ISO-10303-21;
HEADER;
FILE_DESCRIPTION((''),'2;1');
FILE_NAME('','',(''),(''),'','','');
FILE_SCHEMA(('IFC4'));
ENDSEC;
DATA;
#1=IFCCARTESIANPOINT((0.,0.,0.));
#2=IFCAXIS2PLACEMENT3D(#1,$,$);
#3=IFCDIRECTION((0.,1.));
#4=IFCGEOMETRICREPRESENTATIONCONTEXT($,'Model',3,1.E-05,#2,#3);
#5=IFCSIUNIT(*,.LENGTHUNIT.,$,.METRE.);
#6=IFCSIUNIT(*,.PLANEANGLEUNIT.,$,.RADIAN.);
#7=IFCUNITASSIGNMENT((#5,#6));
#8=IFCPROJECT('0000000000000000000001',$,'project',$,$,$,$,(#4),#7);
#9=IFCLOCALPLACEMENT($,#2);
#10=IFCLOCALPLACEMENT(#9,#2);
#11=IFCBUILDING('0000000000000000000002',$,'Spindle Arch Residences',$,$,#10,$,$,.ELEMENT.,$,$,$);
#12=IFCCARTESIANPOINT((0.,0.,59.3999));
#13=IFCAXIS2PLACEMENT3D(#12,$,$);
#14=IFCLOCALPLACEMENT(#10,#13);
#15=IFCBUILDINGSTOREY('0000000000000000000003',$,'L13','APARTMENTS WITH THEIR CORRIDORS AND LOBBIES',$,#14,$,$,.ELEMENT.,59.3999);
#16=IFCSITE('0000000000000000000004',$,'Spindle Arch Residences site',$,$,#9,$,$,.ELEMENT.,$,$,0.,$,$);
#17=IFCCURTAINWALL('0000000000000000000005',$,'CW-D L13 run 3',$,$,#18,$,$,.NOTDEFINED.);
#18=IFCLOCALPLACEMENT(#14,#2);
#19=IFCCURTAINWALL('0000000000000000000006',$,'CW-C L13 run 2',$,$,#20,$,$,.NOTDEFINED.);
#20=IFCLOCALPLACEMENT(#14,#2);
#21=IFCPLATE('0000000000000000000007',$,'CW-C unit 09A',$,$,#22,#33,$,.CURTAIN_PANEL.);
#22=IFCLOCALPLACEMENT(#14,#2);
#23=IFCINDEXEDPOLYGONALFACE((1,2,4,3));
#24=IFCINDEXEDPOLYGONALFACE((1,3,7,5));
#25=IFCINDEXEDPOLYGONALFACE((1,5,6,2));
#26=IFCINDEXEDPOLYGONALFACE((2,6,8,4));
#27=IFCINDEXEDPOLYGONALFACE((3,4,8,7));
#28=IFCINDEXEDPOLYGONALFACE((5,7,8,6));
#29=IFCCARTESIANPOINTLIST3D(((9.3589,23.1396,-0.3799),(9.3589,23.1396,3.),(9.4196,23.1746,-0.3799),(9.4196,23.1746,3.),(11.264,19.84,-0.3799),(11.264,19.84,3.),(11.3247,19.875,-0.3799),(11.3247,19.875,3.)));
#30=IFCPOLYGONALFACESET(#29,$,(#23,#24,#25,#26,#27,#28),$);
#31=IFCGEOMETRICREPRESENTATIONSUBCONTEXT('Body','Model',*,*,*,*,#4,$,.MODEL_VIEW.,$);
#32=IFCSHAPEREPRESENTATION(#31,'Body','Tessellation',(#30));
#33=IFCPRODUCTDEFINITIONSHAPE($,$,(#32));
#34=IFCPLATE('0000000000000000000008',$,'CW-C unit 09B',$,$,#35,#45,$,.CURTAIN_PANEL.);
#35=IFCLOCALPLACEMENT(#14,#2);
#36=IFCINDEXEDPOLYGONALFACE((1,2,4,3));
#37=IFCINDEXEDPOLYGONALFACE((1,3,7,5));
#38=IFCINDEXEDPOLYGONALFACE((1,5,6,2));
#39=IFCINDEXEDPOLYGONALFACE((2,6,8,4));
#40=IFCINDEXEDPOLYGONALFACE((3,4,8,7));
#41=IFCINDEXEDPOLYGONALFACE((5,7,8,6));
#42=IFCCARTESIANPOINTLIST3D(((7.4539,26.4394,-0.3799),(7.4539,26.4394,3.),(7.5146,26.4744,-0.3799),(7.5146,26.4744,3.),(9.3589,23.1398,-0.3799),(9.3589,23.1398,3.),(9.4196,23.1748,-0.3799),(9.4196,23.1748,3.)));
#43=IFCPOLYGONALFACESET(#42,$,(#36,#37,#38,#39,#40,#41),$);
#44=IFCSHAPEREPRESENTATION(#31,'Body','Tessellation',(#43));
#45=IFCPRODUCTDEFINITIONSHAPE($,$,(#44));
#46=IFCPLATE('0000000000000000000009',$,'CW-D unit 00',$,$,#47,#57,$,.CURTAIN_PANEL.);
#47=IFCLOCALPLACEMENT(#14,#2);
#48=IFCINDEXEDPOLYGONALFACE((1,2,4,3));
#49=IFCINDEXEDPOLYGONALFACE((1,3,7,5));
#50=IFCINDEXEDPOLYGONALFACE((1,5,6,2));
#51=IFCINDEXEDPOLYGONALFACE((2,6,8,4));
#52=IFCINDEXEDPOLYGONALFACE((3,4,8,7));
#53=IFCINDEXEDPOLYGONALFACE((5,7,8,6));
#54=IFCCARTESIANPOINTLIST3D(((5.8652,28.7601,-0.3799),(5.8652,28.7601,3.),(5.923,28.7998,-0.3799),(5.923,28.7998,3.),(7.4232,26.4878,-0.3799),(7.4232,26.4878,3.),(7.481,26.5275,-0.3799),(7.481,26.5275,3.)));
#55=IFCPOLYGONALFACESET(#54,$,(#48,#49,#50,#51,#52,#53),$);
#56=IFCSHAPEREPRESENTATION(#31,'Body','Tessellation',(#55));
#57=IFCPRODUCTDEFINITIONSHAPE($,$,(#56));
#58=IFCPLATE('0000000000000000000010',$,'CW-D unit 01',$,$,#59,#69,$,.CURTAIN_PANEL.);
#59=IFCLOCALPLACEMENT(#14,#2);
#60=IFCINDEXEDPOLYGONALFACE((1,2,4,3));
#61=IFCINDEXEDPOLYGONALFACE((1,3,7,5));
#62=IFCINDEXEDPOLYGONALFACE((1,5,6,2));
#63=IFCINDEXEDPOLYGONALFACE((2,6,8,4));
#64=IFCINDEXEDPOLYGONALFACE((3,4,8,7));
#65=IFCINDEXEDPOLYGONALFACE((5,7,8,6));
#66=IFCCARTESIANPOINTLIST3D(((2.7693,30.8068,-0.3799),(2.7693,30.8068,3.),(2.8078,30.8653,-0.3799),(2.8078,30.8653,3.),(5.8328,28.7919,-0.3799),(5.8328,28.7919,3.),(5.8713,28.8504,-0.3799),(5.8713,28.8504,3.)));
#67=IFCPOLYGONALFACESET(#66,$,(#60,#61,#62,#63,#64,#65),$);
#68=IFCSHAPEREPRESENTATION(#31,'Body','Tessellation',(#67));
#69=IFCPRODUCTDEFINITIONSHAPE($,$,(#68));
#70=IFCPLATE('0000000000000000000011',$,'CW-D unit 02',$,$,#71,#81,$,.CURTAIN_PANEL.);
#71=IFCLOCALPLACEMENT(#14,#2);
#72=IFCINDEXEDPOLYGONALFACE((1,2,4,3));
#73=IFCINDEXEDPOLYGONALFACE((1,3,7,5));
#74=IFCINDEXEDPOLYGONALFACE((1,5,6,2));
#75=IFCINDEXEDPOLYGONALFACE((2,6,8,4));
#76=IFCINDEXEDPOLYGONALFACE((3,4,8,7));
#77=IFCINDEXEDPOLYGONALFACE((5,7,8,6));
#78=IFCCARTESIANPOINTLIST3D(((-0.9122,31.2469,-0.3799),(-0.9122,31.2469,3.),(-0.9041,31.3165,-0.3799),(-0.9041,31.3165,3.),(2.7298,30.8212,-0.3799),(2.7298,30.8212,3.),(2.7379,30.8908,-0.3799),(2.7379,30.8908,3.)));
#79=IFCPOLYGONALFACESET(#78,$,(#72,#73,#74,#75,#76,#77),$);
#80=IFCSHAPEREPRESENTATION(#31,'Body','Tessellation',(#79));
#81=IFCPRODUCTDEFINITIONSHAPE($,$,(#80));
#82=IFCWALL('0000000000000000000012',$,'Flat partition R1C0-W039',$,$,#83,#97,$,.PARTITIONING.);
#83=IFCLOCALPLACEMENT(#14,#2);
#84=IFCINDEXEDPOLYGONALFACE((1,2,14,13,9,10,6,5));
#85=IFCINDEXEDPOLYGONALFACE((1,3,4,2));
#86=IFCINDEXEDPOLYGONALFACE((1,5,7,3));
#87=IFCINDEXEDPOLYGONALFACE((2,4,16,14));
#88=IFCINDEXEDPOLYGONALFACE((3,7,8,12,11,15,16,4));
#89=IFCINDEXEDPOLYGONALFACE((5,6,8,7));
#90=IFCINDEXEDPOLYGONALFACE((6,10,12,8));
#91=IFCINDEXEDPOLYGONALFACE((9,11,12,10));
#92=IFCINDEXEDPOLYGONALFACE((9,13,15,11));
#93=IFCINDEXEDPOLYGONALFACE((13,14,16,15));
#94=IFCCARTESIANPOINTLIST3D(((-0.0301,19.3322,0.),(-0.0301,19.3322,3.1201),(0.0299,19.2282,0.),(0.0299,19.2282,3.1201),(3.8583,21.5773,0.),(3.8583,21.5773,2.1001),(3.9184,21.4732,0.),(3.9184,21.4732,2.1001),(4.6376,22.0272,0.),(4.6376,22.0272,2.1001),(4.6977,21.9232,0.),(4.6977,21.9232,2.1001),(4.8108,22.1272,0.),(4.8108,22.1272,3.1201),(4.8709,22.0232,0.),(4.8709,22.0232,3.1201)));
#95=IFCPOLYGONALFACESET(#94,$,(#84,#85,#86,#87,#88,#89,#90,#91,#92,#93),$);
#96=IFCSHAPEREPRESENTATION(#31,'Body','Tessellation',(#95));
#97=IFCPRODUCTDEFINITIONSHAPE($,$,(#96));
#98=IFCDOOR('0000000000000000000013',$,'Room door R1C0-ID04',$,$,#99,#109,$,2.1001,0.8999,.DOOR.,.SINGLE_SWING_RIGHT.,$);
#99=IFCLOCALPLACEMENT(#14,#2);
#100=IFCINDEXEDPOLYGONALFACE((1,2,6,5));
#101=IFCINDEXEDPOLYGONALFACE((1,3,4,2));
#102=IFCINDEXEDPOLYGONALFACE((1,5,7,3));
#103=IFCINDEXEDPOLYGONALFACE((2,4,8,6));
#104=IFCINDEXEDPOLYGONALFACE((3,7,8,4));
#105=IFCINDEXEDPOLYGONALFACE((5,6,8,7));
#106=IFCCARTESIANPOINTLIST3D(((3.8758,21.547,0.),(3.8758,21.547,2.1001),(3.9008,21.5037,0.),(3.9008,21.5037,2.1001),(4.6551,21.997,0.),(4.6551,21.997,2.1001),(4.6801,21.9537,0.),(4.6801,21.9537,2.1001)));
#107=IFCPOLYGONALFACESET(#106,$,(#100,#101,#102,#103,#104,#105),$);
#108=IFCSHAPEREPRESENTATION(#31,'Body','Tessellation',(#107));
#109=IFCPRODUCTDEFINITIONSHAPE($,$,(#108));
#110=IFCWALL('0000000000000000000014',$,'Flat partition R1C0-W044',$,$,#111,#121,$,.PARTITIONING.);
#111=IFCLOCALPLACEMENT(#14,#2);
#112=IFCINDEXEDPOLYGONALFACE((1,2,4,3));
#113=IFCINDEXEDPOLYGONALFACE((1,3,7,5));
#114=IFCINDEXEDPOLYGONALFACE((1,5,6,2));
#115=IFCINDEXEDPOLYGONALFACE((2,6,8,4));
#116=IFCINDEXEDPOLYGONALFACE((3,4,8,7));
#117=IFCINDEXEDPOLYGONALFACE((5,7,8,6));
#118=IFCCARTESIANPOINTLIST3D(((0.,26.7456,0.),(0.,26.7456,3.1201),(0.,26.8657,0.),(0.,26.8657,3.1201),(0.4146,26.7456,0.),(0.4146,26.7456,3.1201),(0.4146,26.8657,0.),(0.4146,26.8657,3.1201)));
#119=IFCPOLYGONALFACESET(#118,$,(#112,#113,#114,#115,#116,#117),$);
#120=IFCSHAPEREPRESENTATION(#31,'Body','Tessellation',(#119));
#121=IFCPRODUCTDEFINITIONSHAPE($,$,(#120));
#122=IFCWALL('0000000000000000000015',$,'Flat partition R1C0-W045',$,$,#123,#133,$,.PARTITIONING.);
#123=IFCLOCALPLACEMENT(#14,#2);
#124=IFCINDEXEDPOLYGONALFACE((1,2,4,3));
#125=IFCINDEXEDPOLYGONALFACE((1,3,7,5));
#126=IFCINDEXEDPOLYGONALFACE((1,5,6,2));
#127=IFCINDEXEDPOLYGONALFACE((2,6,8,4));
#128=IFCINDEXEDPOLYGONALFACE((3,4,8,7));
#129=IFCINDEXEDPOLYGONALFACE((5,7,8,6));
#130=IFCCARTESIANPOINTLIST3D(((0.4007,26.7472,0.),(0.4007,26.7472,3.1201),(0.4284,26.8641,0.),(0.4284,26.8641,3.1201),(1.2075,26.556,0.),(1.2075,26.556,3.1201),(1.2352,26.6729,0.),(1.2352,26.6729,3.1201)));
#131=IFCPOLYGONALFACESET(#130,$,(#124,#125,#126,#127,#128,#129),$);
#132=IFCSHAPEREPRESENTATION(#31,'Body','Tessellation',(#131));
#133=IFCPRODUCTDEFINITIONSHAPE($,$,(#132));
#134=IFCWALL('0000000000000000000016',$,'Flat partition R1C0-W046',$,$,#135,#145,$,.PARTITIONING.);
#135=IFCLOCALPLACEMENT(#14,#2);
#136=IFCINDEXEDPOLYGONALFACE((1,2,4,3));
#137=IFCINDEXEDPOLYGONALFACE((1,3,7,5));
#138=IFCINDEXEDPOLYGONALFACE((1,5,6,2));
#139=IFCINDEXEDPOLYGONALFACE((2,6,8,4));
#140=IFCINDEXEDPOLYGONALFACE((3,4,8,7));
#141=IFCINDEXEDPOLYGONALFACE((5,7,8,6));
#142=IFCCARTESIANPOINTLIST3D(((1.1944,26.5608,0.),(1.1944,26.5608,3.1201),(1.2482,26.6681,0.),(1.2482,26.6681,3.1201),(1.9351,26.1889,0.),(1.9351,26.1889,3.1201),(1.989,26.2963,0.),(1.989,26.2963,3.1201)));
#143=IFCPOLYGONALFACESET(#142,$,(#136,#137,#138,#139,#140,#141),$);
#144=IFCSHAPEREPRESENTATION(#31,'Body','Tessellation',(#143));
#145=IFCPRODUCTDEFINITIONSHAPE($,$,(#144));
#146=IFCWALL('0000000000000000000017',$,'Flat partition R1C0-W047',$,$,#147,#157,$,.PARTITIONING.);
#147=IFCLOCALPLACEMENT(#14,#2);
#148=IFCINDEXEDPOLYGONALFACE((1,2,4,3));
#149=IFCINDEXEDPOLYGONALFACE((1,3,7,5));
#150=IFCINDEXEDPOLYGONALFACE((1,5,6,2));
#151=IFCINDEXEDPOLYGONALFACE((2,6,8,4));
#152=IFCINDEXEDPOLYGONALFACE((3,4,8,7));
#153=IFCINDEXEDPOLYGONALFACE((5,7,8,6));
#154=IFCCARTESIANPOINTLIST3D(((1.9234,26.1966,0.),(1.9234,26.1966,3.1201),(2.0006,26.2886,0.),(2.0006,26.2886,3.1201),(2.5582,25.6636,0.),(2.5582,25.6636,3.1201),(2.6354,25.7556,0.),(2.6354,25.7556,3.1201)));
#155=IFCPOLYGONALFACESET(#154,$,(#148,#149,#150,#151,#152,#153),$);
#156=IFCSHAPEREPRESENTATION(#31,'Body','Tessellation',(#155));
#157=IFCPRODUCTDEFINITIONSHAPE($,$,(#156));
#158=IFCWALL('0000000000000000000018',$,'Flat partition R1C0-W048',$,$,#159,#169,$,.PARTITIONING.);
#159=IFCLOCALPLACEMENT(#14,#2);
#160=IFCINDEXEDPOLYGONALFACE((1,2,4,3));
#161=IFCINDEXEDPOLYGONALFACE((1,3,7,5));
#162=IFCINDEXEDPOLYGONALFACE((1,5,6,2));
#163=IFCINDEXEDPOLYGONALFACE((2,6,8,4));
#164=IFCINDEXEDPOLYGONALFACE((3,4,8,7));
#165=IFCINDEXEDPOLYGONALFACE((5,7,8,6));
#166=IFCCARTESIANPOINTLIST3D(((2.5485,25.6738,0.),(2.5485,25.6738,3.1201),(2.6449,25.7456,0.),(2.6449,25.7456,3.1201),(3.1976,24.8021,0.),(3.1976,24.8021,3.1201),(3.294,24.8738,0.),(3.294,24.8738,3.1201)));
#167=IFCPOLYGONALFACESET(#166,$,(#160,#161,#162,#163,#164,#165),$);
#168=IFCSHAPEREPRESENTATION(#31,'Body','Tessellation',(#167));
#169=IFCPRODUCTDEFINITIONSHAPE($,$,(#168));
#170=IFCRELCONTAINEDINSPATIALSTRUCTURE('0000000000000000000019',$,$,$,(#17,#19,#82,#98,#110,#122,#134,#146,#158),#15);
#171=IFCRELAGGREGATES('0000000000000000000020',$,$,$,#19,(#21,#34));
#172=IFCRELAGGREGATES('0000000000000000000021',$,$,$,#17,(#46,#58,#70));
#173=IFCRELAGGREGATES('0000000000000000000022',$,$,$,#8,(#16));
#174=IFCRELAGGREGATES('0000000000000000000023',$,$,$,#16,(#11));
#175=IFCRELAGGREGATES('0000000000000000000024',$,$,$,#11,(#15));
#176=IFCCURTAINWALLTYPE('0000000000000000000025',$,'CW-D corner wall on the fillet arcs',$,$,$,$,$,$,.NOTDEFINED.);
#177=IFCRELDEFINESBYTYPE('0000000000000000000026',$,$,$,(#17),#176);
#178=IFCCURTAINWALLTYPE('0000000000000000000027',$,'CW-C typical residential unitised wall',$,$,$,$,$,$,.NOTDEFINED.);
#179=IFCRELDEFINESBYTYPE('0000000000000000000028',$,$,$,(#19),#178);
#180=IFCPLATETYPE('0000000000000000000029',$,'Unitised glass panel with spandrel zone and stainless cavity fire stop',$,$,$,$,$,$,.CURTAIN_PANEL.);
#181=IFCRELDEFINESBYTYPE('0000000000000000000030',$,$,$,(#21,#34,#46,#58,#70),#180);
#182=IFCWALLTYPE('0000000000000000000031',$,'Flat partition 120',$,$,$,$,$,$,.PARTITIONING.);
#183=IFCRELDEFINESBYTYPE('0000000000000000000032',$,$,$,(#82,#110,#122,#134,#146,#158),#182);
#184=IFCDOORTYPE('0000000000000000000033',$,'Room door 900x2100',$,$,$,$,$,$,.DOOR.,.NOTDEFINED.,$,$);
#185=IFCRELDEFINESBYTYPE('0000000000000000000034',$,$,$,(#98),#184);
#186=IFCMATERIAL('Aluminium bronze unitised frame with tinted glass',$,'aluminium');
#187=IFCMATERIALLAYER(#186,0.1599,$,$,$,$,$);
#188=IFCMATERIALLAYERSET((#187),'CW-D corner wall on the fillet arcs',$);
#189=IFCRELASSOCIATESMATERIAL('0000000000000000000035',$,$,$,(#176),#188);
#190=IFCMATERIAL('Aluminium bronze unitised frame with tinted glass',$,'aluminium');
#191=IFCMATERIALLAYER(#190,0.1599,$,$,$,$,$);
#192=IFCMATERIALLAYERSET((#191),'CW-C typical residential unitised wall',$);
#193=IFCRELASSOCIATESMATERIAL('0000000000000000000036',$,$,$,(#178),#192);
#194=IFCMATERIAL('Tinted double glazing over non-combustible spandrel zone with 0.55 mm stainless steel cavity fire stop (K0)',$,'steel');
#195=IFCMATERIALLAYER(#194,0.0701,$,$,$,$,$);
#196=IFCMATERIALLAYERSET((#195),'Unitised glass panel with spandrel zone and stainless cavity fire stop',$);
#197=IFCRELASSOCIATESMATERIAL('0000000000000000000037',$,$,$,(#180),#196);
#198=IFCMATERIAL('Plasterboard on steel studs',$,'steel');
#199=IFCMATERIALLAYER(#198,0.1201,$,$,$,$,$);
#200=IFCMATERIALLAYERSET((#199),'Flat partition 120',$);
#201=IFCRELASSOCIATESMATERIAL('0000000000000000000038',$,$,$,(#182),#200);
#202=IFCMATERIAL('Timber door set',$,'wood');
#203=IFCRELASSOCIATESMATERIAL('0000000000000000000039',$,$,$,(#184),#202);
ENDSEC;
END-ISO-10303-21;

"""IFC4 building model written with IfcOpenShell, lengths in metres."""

from ifc_helpers import new_model, si_unit, direction, frame, frame_2d, origin, origin_2d, place, context, subcontext, project, spatial, rectangle, extrude, material, layer, layer_set, type_object, element, fill, aggregate, save


model = new_model("IFC4")

# Units and contexts
model_context = context("Model", 3, precision=1e-05, world=origin(), true_north=direction((0.0, 1.0)))
body_context = subcontext(model_context, "Body", "Model", "MODEL_VIEW")
ifc_project = project(units=[si_unit("LENGTHUNIT", "METRE"), si_unit("PLANEANGLEUNIT", "RADIAN")], contexts=[model_context])

# Site, building, storey
site_placement = place(None, origin())
site = spatial("IfcSite", under=ifc_project, at=site_placement, Name="Spindle Arch Residences site", CompositionType="ELEMENT", RefElevation=0.0)
building_placement = place(site_placement, origin())
building = spatial("IfcBuilding", under=site, at=building_placement, Name="Spindle Arch Residences", CompositionType="ELEMENT")
storey_placement = place(building_placement, frame((0.0, 0.0, 59.3999)))
storey = spatial("IfcBuildingStorey", under=building, at=storey_placement, Name="L13", Description="APARTMENTS WITH THEIR CORRIDORS AND LOBBIES", CompositionType="ELEMENT", Elevation=59.3999)

# Curtain wall
ifc_material_1 = material(Name="Aluminium bronze unitised frame with tinted glass", Category="aluminium")
ifc_layer_1 = layer(ifc_material_1, 0.1599)
ifc_layer_set_1 = layer_set([ifc_layer_1], Name="CW-D corner wall on the fillet arcs")
curtain_wall_type_1 = type_object("IfcCurtainWallType", Name="CW-D corner wall on the fillet arcs", PredefinedType="NOTDEFINED", material=ifc_layer_set_1)
curtain_wall_1_placement = place(storey_placement, origin())
curtain_wall_1 = element("IfcCurtainWall", 1, at=curtain_wall_1_placement, inside=storey, type_object=curtain_wall_type_1, Name="CW-D L13 run 3", PredefinedType="NOTDEFINED")

# Curtain wall, plates
ifc_material_2 = material(Name="Aluminium bronze unitised frame with tinted glass", Category="aluminium")
ifc_layer_2 = layer(ifc_material_2, 0.1599)
ifc_layer_set_2 = layer_set([ifc_layer_2], Name="CW-C typical residential unitised wall")
curtain_wall_type_2 = type_object("IfcCurtainWallType", Name="CW-C typical residential unitised wall", PredefinedType="NOTDEFINED", material=ifc_layer_set_2)
curtain_wall_2_placement = place(storey_placement, origin())
curtain_wall_2 = element("IfcCurtainWall", 2, at=curtain_wall_2_placement, inside=storey, type_object=curtain_wall_type_2, Name="CW-C L13 run 2", PredefinedType="NOTDEFINED")
ifc_material_3 = material(Name="Tinted double glazing over non-combustible spandrel zone with 0.55 mm stainless steel cavity fire stop (K0)", Category="steel")
ifc_layer_3 = layer(ifc_material_3, 0.0701)
ifc_layer_set_3 = layer_set([ifc_layer_3], Name="Unitised glass panel with spandrel zone and stainless cavity fire stop")
plate_type = type_object("IfcPlateType", Name="Unitised glass panel with spandrel zone and stainless cavity fire stop", PredefinedType="CURTAIN_PANEL", material=ifc_layer_set_3)
plate_1_placement = place(storey_placement, frame((10.3418, 21.5073, -0.3799), z_axis=(0.0, 0.0, 1.0), x_axis=(-0.5, 0.866025, 0.0)))
plate_1 = element("IfcPlate", 3, at=plate_1_placement, type_object=plate_type, Name="CW-C unit 09A", PredefinedType="CURTAIN_PANEL", context=body_context, shape_type="SweptSolid", body=[
    extrude(rectangle(XDim=3.8101, YDim=0.0701, at=origin_2d()), origin(), (0.0, 0.0, 1.0), 3.3799),
])
plate_2_placement = place(storey_placement, frame((8.4368, 24.8071, -0.3799), z_axis=(0.0, 0.0, 1.0), x_axis=(-0.5, 0.866025, 0.0)))
plate_2 = element("IfcPlate", 4, at=plate_2_placement, type_object=plate_type, Name="CW-C unit 09B", PredefinedType="CURTAIN_PANEL", context=body_context, shape_type="SweptSolid", body=[
    extrude(rectangle(XDim=3.8101, YDim=0.0701, at=origin_2d()), origin(), (0.0, 0.0, 1.0), 3.3799),
])
aggregate(curtain_wall_2, [plate_1, plate_2])

# Plates
plate_3_placement = place(storey_placement, frame((6.6731, 27.6438, -0.3799), z_axis=(0.0, 0.0, 1.0), x_axis=(-0.565501, 0.824748, 0.0)))
plate_3 = element("IfcPlate", 5, at=plate_3_placement, type_object=plate_type, Name="CW-D unit 00", PredefinedType="CURTAIN_PANEL", context=body_context, shape_type="SweptSolid", body=[
    extrude(rectangle(XDim=2.7551, YDim=0.0701, at=origin_2d()), origin(), (0.0, 0.0, 1.0), 3.3799),
])
plate_4_placement = place(storey_placement, frame((4.3203, 29.8286, -0.3799), z_axis=(0.0, 0.0, 1.0), x_axis=(-0.835488, 0.549509, 0.0)))
plate_4 = element("IfcPlate", 6, at=plate_4_placement, type_object=plate_type, Name="CW-D unit 01", PredefinedType="CURTAIN_PANEL", context=body_context, shape_type="SweptSolid", body=[
    extrude(rectangle(XDim=3.6667, YDim=0.0701, at=origin_2d()), origin(), (0.0, 0.0, 1.0), 3.3799),
])
plate_5_placement = place(storey_placement, frame((0.9128, 31.0688, -0.3799), z_axis=(0.0, 0.0, 1.0), x_axis=(-0.993238, 0.116093, 0.0)))
plate_5 = element("IfcPlate", 7, at=plate_5_placement, type_object=plate_type, Name="CW-D unit 02", PredefinedType="CURTAIN_PANEL", context=body_context, shape_type="SweptSolid", body=[
    extrude(rectangle(XDim=3.6667, YDim=0.0701, at=origin_2d()), origin(), (0.0, 0.0, 1.0), 3.3799),
])
aggregate(curtain_wall_1, [plate_3, plate_4, plate_5])

# Wall, opening, door
ifc_material_4 = material(Name="Plasterboard on steel studs", Category="steel")
ifc_layer_4 = layer(ifc_material_4, 0.1201)
ifc_layer_set_4 = layer_set([ifc_layer_4], Name="Flat partition 120")
wall_type_1 = type_object("IfcWallType", Name="Flat partition 120", PredefinedType="PARTITIONING", material=ifc_layer_set_4)
wall_1_placement = place(storey_placement, frame((4.8408, 22.0752, 0.0), z_axis=(0.0, 0.0, 1.0), x_axis=(-0.86602, -0.50001, 0.0)))
wall_1 = element("IfcWall", 8, at=wall_1_placement, inside=storey, type_object=wall_type_1, Name="Flat partition R1C0-W039", PredefinedType="PARTITIONING", context=body_context, shape_type="SweptSolid", body=[
    extrude(rectangle(XDim=5.5898, YDim=0.1201, at=frame_2d((2.7949, 0.0))), origin(), (0.0, 0.0, 1.0), 3.1201),
])
opening_1_placement = place(wall_1_placement, frame((0.2, 0.0, 0.0)))
opening_1 = element("IfcOpeningElement", 9, at=opening_1_placement, cuts=wall_1, PredefinedType="OPENING", context=body_context, shape_type="SweptSolid", body=[
    extrude(rectangle(XDim=0.8999, YDim=2.1001, at=frame_2d((0.45, 1.05))), frame((0.0, 0.0701, 0.0), z_axis=(0.0, -1.0, 0.0), x_axis=(1.0, 0.0, 0.0)), (0.0, 0.0, 1.0), 0.1401),
])
ifc_material_5 = material(Name="Timber door set", Category="wood")
door_type = type_object("IfcDoorType", Name="Room door 900x2100", OperationType="NOTDEFINED", PredefinedType="DOOR", material=ifc_material_5)
door_1_placement = place(opening_1_placement, origin())
door_1 = element("IfcDoor", 10, at=door_1_placement, inside=storey, type_object=door_type, Name="Room door R1C0-ID04", OperationType="SINGLE_SWING_RIGHT", OverallHeight=2.1001, OverallWidth=0.8999, PredefinedType="DOOR", context=body_context, shape_type="SweptSolid", body=[
    extrude(rectangle(XDim=0.8999, YDim=2.1001, at=frame_2d((0.45, 1.05))), frame((0.0, 0.0249, 0.0), z_axis=(0.0, -1.0, 0.0), x_axis=(1.0, 0.0, 0.0)), (0.0, 0.0, 1.0), 0.05),
])
fill(opening_1, door_1)

# Walls
wall_2_placement = place(storey_placement, frame((0.0, 26.8057, 0.0), z_axis=(0.0, 0.0, 1.0), x_axis=(1.0, 0.0, 0.0)))
element("IfcWall", 11, at=wall_2_placement, inside=storey, type_object=wall_type_1, Name="Flat partition R1C0-W044", PredefinedType="PARTITIONING", context=body_context, shape_type="SweptSolid", body=[
    extrude(rectangle(XDim=0.4146, YDim=0.1201, at=frame_2d((0.2073, 0.0))), origin(), (0.0, 0.0, 1.0), 3.1201),
])
wall_3_placement = place(storey_placement, frame((0.4146, 26.8057, 0.0), z_axis=(0.0, 0.0, 1.0), x_axis=(0.973049, -0.230598, 0.0)))
element("IfcWall", 12, at=wall_3_placement, inside=storey, type_object=wall_type_1, Name="Flat partition R1C0-W045", PredefinedType="PARTITIONING", context=body_context, shape_type="SweptSolid", body=[
    extrude(rectangle(XDim=0.8291, YDim=0.1201, at=frame_2d((0.4146, 0.0))), origin(), (0.0, 0.0, 1.0), 3.1201),
])
for number, where, z_axis, x_axis, name in (
    (13, (1.2212, 26.6145, 0.0), (0.0, 0.0, 1.0), (0.893719, -0.448627, 0.0), "Flat partition R1C0-W046"),
    (14, (1.9619, 26.2427, 0.0), (0.0, 0.0, 1.0), (0.76585, -0.643019, 0.0), "Flat partition R1C0-W047"),
):
    element("IfcWall", number, at=place(storey_placement, frame(where, z_axis=z_axis, x_axis=x_axis)), inside=storey, type_object=wall_type_1, Name=name, PredefinedType="PARTITIONING", context=body_context, shape_type="SweptSolid", body=[
        extrude(rectangle(XDim=0.8289, YDim=0.1201, at=frame_2d((0.4146, 0.0))), origin(), (0.0, 0.0, 1.0), 3.1201),
    ])
wall_4_placement = place(storey_placement, frame((2.5967, 25.7097, 0.0), z_axis=(0.0, 0.0, 1.0), x_axis=(0.597229, -0.802071, 0.0)))
element("IfcWall", 15, at=wall_4_placement, inside=storey, type_object=wall_type_1, Name="Flat partition R1C0-W048", PredefinedType="PARTITIONING", context=body_context, shape_type="SweptSolid", body=[
    extrude(rectangle(XDim=1.0869, YDim=0.1201, at=frame_2d((0.5435, 0.0))), origin(), (0.0, 0.0, 1.0), 3.1201),
])

save(model, "model.ifc")
